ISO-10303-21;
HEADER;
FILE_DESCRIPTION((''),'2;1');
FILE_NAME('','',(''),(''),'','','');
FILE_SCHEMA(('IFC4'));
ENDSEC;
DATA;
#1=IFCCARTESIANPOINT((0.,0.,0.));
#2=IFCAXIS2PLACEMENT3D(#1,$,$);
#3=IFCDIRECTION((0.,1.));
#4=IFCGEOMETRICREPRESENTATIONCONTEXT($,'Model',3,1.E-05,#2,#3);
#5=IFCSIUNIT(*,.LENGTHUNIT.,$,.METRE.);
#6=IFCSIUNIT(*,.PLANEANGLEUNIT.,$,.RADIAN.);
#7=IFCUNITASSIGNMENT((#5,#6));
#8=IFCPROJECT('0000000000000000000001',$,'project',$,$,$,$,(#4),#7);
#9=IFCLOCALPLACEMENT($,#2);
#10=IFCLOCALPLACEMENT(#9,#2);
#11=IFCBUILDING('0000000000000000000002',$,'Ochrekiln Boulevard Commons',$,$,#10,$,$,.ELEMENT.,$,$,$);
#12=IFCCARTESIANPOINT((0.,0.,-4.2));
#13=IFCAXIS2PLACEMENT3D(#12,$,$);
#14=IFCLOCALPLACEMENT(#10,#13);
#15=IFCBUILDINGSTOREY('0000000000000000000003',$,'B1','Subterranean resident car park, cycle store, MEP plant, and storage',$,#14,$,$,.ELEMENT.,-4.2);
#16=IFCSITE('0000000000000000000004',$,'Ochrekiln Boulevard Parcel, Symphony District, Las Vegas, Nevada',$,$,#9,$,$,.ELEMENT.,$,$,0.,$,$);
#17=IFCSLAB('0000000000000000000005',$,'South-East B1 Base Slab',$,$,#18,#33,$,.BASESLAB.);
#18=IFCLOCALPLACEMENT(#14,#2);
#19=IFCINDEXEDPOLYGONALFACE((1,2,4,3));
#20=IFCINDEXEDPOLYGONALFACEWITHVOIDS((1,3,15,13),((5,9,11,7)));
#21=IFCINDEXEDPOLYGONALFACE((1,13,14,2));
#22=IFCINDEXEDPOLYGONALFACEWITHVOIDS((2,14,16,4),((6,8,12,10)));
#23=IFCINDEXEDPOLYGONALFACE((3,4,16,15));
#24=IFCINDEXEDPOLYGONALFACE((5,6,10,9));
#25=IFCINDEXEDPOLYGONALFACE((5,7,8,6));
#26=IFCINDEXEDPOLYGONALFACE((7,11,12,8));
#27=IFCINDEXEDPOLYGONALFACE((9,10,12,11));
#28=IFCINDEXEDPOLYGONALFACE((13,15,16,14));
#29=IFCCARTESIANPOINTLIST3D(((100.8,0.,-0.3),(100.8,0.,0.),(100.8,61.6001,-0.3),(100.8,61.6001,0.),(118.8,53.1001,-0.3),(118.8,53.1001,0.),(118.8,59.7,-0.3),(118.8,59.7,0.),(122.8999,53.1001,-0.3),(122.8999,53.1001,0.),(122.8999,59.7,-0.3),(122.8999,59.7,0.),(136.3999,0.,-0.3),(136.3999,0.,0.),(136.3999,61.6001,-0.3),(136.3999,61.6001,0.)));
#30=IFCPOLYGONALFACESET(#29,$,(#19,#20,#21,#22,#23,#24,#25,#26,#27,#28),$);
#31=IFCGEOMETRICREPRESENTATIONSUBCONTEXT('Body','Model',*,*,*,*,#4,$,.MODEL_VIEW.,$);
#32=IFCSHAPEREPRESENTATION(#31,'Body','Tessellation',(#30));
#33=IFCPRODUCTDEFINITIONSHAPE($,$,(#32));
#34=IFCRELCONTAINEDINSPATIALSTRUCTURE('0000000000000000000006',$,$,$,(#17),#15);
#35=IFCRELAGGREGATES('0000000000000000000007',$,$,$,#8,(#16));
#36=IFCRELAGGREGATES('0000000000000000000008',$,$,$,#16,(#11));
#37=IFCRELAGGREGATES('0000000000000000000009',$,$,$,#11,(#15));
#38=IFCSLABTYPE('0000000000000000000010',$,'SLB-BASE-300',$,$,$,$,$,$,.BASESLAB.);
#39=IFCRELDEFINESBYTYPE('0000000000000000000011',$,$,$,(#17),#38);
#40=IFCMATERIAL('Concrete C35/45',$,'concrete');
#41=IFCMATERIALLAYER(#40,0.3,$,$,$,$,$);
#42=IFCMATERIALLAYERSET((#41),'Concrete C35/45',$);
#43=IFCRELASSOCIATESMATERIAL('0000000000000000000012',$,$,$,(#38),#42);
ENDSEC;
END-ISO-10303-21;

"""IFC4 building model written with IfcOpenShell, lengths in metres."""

from ifc_helpers import new_model, si_unit, direction, frame, origin, place, context, subcontext, project, spatial, polyline, outline, extrude, material, layer, layer_set, type_object, element, save


model = new_model("IFC4")

# Units and contexts
model_context = context("Model", 3, precision=1e-05, world=origin(), true_north=direction((0.0, 1.0)))
body_context = subcontext(model_context, "Body", "Model", "MODEL_VIEW")
ifc_project = project(units=[si_unit("LENGTHUNIT", "METRE"), si_unit("PLANEANGLEUNIT", "RADIAN")], contexts=[model_context])

# Site, building, storey
site_placement = place(None, origin())
site = spatial("IfcSite", under=ifc_project, at=site_placement, Name="Ochrekiln Boulevard Parcel, Symphony District, Las Vegas, Nevada", CompositionType="ELEMENT", RefElevation=0.0)
building_placement = place(site_placement, origin())
building = spatial("IfcBuilding", under=site, at=building_placement, Name="Ochrekiln Boulevard Commons", CompositionType="ELEMENT")
storey_placement = place(building_placement, frame((0.0, 0.0, -4.2)))
storey = spatial("IfcBuildingStorey", under=building, at=storey_placement, Name="B1", Description="Subterranean resident car park, cycle store, MEP plant, and storage", CompositionType="ELEMENT", Elevation=-4.2)

# Shared definitions
ifc_material = material(Name="Concrete C35/45", Category="concrete")

# Slab
ifc_layer = layer(ifc_material, 0.3)
ifc_layer_set = layer_set([ifc_layer], Name="Concrete C35/45")
slab_type = type_object("IfcSlabType", Name="SLB-BASE-300", PredefinedType="BASESLAB", material=ifc_layer_set)
slab_1_placement = place(storey_placement, frame((0.0, 0.0, -0.3)))
element("IfcSlab", 1, at=slab_1_placement, inside=storey, type_object=slab_type, Name="South-East B1 Base Slab", PredefinedType="BASESLAB", context=body_context, shape_type="SweptSolid", body=[
    extrude(outline(polyline([(100.8, 0.0), (136.3999, 0.0), (136.3999, 61.6001), (100.8, 61.6001), (100.8, 0.0)]), holes=[polyline([(118.8, 53.1001), (122.8999, 53.1001), (122.8999, 59.7), (118.8, 59.7), (118.8, 53.1001)])]), origin(), (0.0, 0.0, 1.0), 0.3),
])

save(model, "model.ifc")
